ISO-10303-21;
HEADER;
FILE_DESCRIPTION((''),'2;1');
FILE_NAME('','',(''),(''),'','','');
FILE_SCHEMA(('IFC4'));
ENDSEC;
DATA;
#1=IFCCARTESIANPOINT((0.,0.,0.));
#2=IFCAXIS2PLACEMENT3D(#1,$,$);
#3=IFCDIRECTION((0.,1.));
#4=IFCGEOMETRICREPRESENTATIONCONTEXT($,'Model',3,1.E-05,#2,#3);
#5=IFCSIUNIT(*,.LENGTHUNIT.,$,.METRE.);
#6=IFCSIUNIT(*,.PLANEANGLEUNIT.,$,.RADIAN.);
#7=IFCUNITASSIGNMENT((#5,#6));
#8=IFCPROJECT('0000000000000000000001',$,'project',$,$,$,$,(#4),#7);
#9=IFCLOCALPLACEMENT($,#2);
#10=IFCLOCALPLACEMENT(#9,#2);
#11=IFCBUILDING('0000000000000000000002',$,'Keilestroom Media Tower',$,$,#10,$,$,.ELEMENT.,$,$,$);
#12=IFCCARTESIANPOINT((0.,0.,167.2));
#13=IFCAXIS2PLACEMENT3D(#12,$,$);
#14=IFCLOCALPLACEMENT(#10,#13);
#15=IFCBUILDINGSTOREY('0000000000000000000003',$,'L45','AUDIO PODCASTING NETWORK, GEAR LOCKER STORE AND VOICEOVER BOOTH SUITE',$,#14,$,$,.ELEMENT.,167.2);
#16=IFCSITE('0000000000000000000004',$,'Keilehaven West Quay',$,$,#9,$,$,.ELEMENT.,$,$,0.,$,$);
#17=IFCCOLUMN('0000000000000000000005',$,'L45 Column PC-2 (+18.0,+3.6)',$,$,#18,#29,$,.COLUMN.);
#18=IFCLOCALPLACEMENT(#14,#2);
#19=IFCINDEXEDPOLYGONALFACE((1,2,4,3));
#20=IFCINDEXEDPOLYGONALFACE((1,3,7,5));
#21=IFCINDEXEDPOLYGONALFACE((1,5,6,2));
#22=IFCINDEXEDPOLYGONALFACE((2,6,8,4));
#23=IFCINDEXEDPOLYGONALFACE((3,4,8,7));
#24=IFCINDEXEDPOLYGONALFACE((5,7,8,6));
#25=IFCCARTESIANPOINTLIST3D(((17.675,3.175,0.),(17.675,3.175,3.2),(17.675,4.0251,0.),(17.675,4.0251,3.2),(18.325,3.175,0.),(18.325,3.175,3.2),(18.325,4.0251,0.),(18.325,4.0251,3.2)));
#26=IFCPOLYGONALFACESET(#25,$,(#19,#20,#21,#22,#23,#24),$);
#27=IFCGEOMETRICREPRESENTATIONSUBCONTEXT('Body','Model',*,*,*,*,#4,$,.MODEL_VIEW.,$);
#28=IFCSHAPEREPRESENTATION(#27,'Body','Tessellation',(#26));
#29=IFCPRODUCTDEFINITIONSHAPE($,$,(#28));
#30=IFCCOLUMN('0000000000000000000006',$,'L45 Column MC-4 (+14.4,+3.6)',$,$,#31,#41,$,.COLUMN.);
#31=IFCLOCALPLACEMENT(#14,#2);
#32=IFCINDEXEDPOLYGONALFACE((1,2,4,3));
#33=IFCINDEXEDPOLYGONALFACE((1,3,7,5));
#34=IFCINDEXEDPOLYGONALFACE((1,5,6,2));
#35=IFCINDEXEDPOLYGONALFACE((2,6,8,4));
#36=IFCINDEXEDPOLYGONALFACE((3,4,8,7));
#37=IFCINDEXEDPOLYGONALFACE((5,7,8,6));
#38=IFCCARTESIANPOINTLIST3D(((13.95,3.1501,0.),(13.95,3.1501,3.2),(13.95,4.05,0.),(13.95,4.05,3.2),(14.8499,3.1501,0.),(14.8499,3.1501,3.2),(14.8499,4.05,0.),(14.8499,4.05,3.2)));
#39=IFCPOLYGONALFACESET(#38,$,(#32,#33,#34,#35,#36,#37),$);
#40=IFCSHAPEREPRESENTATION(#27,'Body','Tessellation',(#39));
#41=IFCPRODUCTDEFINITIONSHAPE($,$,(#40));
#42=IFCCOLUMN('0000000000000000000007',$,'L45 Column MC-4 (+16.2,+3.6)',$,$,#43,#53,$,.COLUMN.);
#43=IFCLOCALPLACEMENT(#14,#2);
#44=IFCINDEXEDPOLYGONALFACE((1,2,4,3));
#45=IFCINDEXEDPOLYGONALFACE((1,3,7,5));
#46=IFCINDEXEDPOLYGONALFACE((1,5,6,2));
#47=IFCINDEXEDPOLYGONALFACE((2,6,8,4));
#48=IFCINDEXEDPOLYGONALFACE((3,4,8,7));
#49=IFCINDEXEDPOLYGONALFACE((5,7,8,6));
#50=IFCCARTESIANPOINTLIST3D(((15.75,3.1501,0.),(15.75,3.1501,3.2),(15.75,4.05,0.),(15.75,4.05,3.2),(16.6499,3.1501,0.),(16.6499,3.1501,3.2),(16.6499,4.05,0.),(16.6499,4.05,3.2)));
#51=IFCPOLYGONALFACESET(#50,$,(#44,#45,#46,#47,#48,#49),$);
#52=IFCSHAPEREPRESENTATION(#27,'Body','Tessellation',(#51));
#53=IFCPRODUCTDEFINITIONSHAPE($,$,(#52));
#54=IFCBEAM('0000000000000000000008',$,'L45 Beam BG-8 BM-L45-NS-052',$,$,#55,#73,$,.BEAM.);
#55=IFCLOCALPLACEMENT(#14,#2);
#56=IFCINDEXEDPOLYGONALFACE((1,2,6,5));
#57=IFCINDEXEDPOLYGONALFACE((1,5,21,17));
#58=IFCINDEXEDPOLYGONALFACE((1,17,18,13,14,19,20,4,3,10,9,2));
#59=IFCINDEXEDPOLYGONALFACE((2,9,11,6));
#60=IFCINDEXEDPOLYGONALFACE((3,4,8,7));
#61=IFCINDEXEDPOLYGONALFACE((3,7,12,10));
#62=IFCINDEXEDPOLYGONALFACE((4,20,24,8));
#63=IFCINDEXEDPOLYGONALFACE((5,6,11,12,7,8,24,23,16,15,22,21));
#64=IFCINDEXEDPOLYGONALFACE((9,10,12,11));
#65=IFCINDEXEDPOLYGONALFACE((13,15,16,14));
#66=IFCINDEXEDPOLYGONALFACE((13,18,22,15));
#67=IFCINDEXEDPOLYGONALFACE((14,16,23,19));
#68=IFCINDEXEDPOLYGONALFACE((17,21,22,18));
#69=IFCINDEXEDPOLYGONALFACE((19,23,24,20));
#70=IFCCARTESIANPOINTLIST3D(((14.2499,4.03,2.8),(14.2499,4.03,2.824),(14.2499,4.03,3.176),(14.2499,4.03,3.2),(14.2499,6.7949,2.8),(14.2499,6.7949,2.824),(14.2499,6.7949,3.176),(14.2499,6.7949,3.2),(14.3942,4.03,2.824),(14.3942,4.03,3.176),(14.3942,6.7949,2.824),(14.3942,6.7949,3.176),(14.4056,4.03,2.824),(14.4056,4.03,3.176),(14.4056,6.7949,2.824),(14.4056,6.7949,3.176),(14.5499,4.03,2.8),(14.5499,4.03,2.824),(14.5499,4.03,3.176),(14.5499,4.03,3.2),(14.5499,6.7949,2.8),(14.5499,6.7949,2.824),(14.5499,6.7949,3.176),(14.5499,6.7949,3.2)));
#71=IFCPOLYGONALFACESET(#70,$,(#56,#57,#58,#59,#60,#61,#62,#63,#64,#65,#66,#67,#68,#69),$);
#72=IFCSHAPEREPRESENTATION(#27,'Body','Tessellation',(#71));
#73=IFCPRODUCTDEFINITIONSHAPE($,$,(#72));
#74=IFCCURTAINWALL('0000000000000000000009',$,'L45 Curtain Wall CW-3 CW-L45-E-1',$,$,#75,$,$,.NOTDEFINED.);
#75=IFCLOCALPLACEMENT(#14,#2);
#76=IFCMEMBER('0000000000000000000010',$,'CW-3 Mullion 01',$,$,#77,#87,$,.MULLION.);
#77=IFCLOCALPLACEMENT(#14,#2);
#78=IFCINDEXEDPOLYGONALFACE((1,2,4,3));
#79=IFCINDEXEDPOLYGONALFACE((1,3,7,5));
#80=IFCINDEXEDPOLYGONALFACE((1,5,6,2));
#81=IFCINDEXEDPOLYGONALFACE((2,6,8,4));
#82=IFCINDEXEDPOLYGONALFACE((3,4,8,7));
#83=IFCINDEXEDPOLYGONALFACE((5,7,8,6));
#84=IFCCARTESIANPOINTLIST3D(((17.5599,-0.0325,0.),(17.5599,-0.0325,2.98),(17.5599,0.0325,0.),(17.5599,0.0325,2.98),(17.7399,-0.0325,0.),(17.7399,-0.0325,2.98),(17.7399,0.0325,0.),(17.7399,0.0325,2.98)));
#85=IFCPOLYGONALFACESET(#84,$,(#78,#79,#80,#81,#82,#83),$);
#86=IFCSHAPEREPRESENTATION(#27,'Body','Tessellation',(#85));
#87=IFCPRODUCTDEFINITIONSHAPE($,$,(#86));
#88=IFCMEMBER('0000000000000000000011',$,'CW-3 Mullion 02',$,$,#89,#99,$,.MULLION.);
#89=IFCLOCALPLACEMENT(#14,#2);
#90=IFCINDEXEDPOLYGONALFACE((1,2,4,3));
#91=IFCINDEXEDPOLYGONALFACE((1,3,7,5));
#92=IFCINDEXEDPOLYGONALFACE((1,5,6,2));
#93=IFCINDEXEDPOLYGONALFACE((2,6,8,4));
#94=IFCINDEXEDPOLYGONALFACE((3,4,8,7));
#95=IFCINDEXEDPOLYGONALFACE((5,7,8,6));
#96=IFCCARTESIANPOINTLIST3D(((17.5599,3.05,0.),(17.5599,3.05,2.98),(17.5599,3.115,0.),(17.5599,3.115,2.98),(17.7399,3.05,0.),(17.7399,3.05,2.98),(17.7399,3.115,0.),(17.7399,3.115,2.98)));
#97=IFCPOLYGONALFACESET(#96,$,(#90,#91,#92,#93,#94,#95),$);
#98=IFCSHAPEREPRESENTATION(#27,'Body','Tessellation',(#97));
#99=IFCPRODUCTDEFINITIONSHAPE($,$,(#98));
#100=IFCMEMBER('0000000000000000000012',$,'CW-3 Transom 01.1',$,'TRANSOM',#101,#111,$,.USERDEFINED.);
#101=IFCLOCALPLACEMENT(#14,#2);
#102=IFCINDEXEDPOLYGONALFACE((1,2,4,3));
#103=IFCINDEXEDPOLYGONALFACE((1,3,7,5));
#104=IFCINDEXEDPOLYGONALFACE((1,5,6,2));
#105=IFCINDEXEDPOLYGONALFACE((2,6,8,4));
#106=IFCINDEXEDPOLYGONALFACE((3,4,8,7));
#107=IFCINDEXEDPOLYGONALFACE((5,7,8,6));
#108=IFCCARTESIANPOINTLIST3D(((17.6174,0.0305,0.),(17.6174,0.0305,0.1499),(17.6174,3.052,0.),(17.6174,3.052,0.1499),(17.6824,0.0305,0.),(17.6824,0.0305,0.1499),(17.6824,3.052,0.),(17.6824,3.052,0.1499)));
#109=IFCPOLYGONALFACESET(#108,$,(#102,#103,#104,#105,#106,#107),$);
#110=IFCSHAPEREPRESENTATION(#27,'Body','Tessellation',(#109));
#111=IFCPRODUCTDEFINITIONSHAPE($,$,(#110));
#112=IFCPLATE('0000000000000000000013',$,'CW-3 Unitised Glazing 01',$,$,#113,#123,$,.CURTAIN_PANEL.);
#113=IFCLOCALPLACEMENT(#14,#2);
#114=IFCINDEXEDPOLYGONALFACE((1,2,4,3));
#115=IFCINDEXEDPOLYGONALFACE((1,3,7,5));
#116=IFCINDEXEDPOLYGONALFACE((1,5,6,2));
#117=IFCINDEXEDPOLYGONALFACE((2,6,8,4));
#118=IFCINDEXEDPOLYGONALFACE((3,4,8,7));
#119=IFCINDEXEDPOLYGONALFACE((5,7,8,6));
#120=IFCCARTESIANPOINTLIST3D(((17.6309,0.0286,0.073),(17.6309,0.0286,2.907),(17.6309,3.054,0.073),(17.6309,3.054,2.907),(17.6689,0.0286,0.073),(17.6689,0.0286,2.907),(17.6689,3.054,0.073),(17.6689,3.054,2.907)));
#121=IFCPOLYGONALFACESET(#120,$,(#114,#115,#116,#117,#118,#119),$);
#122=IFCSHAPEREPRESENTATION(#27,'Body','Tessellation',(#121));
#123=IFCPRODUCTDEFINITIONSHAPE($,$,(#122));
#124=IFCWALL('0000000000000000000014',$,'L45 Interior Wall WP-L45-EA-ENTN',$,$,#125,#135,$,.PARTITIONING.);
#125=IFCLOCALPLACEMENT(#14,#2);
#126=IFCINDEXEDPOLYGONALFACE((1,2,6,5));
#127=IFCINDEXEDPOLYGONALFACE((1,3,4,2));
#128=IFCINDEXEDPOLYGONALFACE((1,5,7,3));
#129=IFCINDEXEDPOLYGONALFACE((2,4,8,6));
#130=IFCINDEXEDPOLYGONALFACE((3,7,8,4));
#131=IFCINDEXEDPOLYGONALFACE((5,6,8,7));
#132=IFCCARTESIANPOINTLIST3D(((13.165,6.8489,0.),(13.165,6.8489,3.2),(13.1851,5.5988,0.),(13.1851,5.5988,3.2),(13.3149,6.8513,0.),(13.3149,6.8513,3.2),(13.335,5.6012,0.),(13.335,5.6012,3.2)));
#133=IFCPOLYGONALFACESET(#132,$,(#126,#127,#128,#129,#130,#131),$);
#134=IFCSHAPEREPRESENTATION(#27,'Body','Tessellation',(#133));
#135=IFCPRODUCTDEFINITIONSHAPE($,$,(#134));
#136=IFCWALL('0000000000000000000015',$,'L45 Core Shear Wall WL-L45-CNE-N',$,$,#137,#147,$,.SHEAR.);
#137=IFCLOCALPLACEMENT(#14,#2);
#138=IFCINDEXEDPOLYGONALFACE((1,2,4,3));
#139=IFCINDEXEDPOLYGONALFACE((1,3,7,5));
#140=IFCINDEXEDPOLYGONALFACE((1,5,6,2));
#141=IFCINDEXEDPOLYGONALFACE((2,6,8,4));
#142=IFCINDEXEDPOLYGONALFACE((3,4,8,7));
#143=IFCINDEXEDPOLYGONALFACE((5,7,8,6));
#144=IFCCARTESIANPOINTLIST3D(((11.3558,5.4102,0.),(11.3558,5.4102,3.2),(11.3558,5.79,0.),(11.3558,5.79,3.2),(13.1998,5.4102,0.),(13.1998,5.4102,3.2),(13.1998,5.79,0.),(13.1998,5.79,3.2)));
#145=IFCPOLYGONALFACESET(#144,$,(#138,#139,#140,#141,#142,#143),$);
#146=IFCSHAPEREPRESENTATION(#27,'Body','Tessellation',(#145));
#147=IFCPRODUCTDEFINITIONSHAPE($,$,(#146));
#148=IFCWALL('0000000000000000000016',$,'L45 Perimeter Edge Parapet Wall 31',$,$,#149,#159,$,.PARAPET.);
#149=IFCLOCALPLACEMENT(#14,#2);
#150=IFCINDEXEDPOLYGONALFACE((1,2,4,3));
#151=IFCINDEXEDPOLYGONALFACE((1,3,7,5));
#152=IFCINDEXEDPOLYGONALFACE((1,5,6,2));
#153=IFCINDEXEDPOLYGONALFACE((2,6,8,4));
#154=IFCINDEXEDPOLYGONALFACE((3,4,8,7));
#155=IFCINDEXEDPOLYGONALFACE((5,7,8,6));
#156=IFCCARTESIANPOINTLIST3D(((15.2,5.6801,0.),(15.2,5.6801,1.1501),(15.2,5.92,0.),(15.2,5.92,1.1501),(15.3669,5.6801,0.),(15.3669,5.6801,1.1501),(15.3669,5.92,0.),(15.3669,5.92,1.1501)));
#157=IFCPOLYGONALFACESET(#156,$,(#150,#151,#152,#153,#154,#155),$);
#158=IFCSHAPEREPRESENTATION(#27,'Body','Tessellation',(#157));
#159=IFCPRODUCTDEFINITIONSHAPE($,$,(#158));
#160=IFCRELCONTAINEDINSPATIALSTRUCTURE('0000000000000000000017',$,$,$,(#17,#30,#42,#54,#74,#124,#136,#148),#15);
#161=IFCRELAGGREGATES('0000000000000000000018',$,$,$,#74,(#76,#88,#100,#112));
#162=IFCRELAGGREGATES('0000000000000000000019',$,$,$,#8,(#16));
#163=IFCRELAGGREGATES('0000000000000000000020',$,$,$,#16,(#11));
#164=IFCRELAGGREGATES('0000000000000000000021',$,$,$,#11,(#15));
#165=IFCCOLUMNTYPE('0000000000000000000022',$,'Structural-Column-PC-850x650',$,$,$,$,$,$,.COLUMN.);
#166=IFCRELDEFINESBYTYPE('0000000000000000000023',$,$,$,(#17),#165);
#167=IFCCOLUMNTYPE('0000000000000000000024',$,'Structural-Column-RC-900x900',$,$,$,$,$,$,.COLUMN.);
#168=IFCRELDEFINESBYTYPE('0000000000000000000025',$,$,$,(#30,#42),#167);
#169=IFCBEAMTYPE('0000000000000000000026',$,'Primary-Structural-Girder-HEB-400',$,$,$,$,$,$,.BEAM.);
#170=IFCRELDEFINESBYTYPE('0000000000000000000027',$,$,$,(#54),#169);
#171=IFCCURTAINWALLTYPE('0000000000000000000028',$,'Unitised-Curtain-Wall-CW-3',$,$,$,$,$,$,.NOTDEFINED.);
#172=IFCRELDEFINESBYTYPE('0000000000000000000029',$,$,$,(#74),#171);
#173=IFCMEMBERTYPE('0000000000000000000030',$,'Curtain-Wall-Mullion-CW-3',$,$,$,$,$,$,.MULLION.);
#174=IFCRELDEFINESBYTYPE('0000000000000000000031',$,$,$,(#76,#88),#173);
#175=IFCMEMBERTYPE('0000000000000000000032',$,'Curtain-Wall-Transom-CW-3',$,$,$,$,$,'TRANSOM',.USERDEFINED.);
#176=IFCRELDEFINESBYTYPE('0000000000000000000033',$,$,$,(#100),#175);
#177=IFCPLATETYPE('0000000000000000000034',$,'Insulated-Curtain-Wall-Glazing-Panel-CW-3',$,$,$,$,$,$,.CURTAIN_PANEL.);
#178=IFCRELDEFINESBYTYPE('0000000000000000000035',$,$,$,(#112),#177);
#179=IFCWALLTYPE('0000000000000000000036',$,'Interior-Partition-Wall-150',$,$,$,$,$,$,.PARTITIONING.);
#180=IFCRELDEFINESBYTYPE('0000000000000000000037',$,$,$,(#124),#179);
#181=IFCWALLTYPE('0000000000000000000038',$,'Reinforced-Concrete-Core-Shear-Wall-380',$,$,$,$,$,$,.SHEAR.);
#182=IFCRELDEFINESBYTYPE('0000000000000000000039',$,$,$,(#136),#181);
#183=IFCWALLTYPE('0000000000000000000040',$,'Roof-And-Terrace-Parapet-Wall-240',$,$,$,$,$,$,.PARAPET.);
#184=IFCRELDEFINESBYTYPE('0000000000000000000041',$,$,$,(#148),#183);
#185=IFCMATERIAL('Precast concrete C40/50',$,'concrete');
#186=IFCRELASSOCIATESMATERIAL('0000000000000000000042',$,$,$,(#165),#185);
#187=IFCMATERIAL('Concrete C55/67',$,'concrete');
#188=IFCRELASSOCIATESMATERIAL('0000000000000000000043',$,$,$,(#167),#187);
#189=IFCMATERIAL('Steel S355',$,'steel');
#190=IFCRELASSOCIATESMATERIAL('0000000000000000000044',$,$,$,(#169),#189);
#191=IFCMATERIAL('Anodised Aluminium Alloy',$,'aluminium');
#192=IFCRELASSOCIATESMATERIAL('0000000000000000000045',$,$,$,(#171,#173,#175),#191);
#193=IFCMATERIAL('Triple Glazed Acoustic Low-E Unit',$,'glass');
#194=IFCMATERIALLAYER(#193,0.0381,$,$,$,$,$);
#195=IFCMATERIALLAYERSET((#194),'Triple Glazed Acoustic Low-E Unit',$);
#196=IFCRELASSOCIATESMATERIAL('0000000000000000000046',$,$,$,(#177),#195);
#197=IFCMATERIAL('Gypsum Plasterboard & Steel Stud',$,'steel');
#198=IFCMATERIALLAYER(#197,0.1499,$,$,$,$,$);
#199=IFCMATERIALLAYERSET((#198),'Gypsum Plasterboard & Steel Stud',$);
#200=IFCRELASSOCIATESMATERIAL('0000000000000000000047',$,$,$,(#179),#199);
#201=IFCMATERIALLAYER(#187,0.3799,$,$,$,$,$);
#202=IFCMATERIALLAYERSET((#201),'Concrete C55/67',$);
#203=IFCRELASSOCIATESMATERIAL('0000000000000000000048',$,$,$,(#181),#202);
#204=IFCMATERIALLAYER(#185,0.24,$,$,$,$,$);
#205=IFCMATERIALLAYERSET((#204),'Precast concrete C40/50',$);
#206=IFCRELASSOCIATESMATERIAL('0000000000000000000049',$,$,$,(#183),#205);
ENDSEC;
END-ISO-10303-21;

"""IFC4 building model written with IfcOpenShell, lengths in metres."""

from ifc_helpers import new_model, si_unit, direction, frame, frame_2d, origin, origin_2d, place, context, subcontext, project, spatial, rectangle, i_section, extrude, source, transform, mapped, material, layer, layer_set, material_profile, profile_set, type_object, element, aggregate, save


model = new_model("IFC4")

# Units and contexts
model_context = context("Model", 3, precision=1e-05, world=origin(), true_north=direction((0.0, 1.0)))
body_context = subcontext(model_context, "Body", "Model", "MODEL_VIEW")
ifc_project = project(units=[si_unit("LENGTHUNIT", "METRE"), si_unit("PLANEANGLEUNIT", "RADIAN")], contexts=[model_context])

# Site, building, storey
site_placement = place(None, origin())
site = spatial("IfcSite", under=ifc_project, at=site_placement, Name="Keilehaven West Quay", CompositionType="ELEMENT", RefElevation=0.0)
building_placement = place(site_placement, origin())
building = spatial("IfcBuilding", under=site, at=building_placement, Name="Keilestroom Media Tower", CompositionType="ELEMENT")
storey_placement = place(building_placement, frame((0.0, 0.0, 167.2)))
storey = spatial("IfcBuildingStorey", under=building, at=storey_placement, Name="L45", Description="AUDIO PODCASTING NETWORK, GEAR LOCKER STORE AND VOICEOVER BOOTH SUITE", CompositionType="ELEMENT", Elevation=167.2)

# Columns
ifc_material_1 = material(Name="Precast concrete C40/50", Category="concrete")
ifc_material_profile_1 = material_profile(ifc_material_1, rectangle(XDim=0.6499, YDim=0.8501, at=origin_2d()), Name="PC 850x650")
ifc_profile_set_1 = profile_set([ifc_material_profile_1], Name="Precast concrete C40/50")
column_type_1 = type_object("IfcColumnType", Name="Structural-Column-PC-850x650", PredefinedType="COLUMN", material=ifc_profile_set_1)
shared_shape_1 = source(origin(), body_context, "Body", "SweptSolid", [
    extrude(rectangle(XDim=0.6499, YDim=0.8501, at=origin_2d()), origin(), (0.0, 0.0, 1.0), 3.2),
])
column_placement = place(storey_placement, frame((18.0, 3.6001, 0.0), z_axis=(0.0, 0.0, 1.0), x_axis=(1.0, 0.0, 0.0)))
element("IfcColumn", 1, at=column_placement, inside=storey, type_object=column_type_1, Name="L45 Column PC-2 (+18.0,+3.6)", PredefinedType="COLUMN", context=body_context, shape_type="MappedRepresentation", body=[
    mapped(shared_shape_1, transform((0.0, 0.0, 0.0), x_axis=(1.0, 0.0, 0.0), y_axis=(0.0, 1.0, 0.0), z_axis=(0.0, 0.0, 1.0), scale=1.0)),
])
ifc_material_2 = material(Name="Concrete C55/67", Category="concrete")
ifc_material_profile_2 = material_profile(ifc_material_2, rectangle(XDim=0.8999, YDim=0.8999, at=origin_2d()), Name="RC 900x900")
ifc_profile_set_2 = profile_set([ifc_material_profile_2], Name="Concrete C55/67")
column_type_2 = type_object("IfcColumnType", Name="Structural-Column-RC-900x900", PredefinedType="COLUMN", material=ifc_profile_set_2)
shared_shape_2 = source(origin(), body_context, "Body", "SweptSolid", [
    extrude(rectangle(XDim=0.8999, YDim=0.8999, at=origin_2d()), origin(), (0.0, 0.0, 1.0), 3.2),
])
for number, where, z_axis, x_axis, name in (
    (2, (14.3999, 3.6001, 0.0), (0.0, 0.0, 1.0), (1.0, 0.0, 0.0), "L45 Column MC-4 (+14.4,+3.6)"),
    (3, (16.2, 3.6001, 0.0), (0.0, 0.0, 1.0), (1.0, 0.0, 0.0), "L45 Column MC-4 (+16.2,+3.6)"),
):
    element("IfcColumn", number, at=place(storey_placement, frame(where, z_axis=z_axis, x_axis=x_axis)), inside=storey, type_object=column_type_2, Name=name, PredefinedType="COLUMN", context=body_context, shape_type="MappedRepresentation", body=[
        mapped(shared_shape_2, transform((0.0, 0.0, 0.0), x_axis=(1.0, 0.0, 0.0), y_axis=(0.0, 1.0, 0.0), z_axis=(0.0, 0.0, 1.0), scale=1.0)),
    ])

# Beam
ifc_material_3 = material(Name="Steel S355", Category="steel")
ifc_material_profile_3 = material_profile(ifc_material_3, i_section(OverallWidth=0.3, OverallDepth=0.3999, WebThickness=0.0115, FlangeThickness=0.0239, at=origin_2d()), Name="HEB 400")
ifc_profile_set_3 = profile_set([ifc_material_profile_3], Name="Steel S355")
beam_type = type_object("IfcBeamType", Name="Primary-Structural-Girder-HEB-400", PredefinedType="BEAM", material=ifc_profile_set_3)
shared_shape_3 = source(origin(), body_context, "Body", "SweptSolid", [
    extrude(i_section(OverallWidth=0.3, OverallDepth=0.3999, WebThickness=0.0115, FlangeThickness=0.0239, at=origin_2d()), origin(), (0.0, 0.0, 1.0), 2.7649),
])
beam_placement = place(storey_placement, frame((14.3999, 4.03, 3.0), z_axis=(0.0, 1.0, 0.0), x_axis=(-1.0, 0.0, 0.0)))
element("IfcBeam", 4, at=beam_placement, inside=storey, type_object=beam_type, Name="L45 Beam BG-8 BM-L45-NS-052", PredefinedType="BEAM", context=body_context, shape_type="MappedRepresentation", body=[
    mapped(shared_shape_3, transform((0.0, 0.0, 0.0), x_axis=(1.0, 0.0, 0.0), y_axis=(0.0, 1.0, 0.0), z_axis=(0.0, 0.0, 1.0), scale=1.0)),
])

# Curtain wall, members, plate
ifc_material_4 = material(Name="Anodised Aluminium Alloy", Category="aluminium")
curtain_wall_type = type_object("IfcCurtainWallType", Name="Unitised-Curtain-Wall-CW-3", PredefinedType="NOTDEFINED", material=ifc_material_4)
curtain_wall_placement = place(storey_placement, origin())
curtain_wall = element("IfcCurtainWall", 5, at=curtain_wall_placement, inside=storey, type_object=curtain_wall_type, Name="L45 Curtain Wall CW-3 CW-L45-E-1", PredefinedType="NOTDEFINED")
ifc_material_profile_4 = material_profile(ifc_material_4, rectangle(XDim=0.0649, YDim=0.1799, at=origin_2d()), Name="ALU MULLION 65x180")
ifc_profile_set_4 = profile_set([ifc_material_profile_4], Name="Anodised Aluminium Alloy")
member_type_1 = type_object("IfcMemberType", Name="Curtain-Wall-Mullion-CW-3", PredefinedType="MULLION", material=ifc_profile_set_4)
shared_shape_4 = source(origin(), body_context, "Body", "SweptSolid", [
    extrude(rectangle(XDim=0.0649, YDim=0.1799, at=origin_2d()), origin(), (0.0, 0.0, 1.0), 2.98),
])
member_1_placement = place(storey_placement, frame((17.6499, 0.0, 0.0), z_axis=(0.0, 0.0, 1.0), x_axis=(0.0, 1.0, 0.0)))
member_1 = element("IfcMember", 6, at=member_1_placement, type_object=member_type_1, Name="CW-3 Mullion 01", PredefinedType="MULLION", context=body_context, shape_type="MappedRepresentation", body=[
    mapped(shared_shape_4, transform((0.0, 0.0, 0.0), x_axis=(1.0, 0.0, 0.0), y_axis=(0.0, 1.0, 0.0), z_axis=(0.0, 0.0, 1.0), scale=1.0)),
])
member_2_placement = place(storey_placement, frame((17.6499, 3.0825, 0.0), z_axis=(0.0, 0.0, 1.0), x_axis=(0.0, 1.0, 0.0)))
member_2 = element("IfcMember", 7, at=member_2_placement, type_object=member_type_1, Name="CW-3 Mullion 02", PredefinedType="MULLION", context=body_context, shape_type="MappedRepresentation", body=[
    mapped(shared_shape_4, transform((0.0, 0.0, 0.0), x_axis=(1.0, 0.0, 0.0), y_axis=(0.0, 1.0, 0.0), z_axis=(0.0, 0.0, 1.0), scale=1.0)),
])
ifc_material_profile_5 = material_profile(ifc_material_4, rectangle(XDim=0.0649, YDim=0.1499, at=origin_2d()), Name="ALU TRANSOM 65x150")
ifc_profile_set_5 = profile_set([ifc_material_profile_5], Name="Anodised Aluminium Alloy")
member_type_2 = type_object("IfcMemberType", Name="Curtain-Wall-Transom-CW-3", ElementType="TRANSOM", PredefinedType="USERDEFINED", material=ifc_profile_set_5)
shared_shape_5 = source(origin(), body_context, "Body", "SweptSolid", [
    extrude(rectangle(XDim=0.0649, YDim=0.1499, at=origin_2d()), origin(), (0.0, 0.0, 1.0), 3.0215),
])
member_3_placement = place(storey_placement, frame((17.6499, 0.0305, 0.075), z_axis=(0.0, 1.0, 0.0), x_axis=(-1.0, 0.0, 0.0)))
member_3 = element("IfcMember", 8, at=member_3_placement, type_object=member_type_2, Name="CW-3 Transom 01.1", ObjectType="TRANSOM", PredefinedType="USERDEFINED", context=body_context, shape_type="MappedRepresentation", body=[
    mapped(shared_shape_5, transform((0.0, 0.0, 0.0), x_axis=(1.0, 0.0, 0.0), y_axis=(0.0, 1.0, 0.0), z_axis=(0.0, 0.0, 1.0), scale=1.0)),
])
ifc_material_5 = material(Name="Triple Glazed Acoustic Low-E Unit", Category="glass")
ifc_layer_1 = layer(ifc_material_5, 0.0381)
ifc_layer_set_1 = layer_set([ifc_layer_1], Name="Triple Glazed Acoustic Low-E Unit")
plate_type = type_object("IfcPlateType", Name="Insulated-Curtain-Wall-Glazing-Panel-CW-3", PredefinedType="CURTAIN_PANEL", material=ifc_layer_set_1)
shared_shape_6 = source(origin(), body_context, "Body", "SweptSolid", [
    extrude(rectangle(XDim=3.0254, YDim=0.0381, at=origin_2d()), origin(), (0.0, 0.0, 1.0), 2.834),
])
plate_placement = place(storey_placement, frame((17.6499, 1.5413, 0.073), z_axis=(0.0, 0.0, 1.0), x_axis=(0.0, 1.0, 0.0)))
plate = element("IfcPlate", 9, at=plate_placement, type_object=plate_type, Name="CW-3 Unitised Glazing 01", PredefinedType="CURTAIN_PANEL", context=body_context, shape_type="MappedRepresentation", body=[
    mapped(shared_shape_6, transform((0.0, 0.0, 0.0), x_axis=(1.0, 0.0, 0.0), y_axis=(0.0, 1.0, 0.0), z_axis=(0.0, 0.0, 1.0), scale=1.0)),
])
aggregate(curtain_wall, [member_1, member_2, member_3, plate])

# Walls
ifc_material_6 = material(Name="Gypsum Plasterboard & Steel Stud", Category="steel")
ifc_layer_2 = layer(ifc_material_6, 0.1499)
ifc_layer_set_2 = layer_set([ifc_layer_2], Name="Gypsum Plasterboard & Steel Stud")
wall_type_1 = type_object("IfcWallType", Name="Interior-Partition-Wall-150", PredefinedType="PARTITIONING", material=ifc_layer_set_2)
wall_1_placement = place(storey_placement, frame((13.26, 5.6001, 0.0), z_axis=(0.0, 0.0, 1.0), x_axis=(-0.016014, 0.999872, 0.0)))
element("IfcWall", 10, at=wall_1_placement, inside=storey, type_object=wall_type_1, Name="L45 Interior Wall WP-L45-EA-ENTN", PredefinedType="PARTITIONING", context=body_context, shape_type="SweptSolid", body=[
    extrude(rectangle(XDim=1.2502, YDim=0.1499, at=frame_2d((0.625, 0.0))), origin(), (0.0, 0.0, 1.0), 3.2),
])
ifc_layer_3 = layer(ifc_material_2, 0.3799)
ifc_layer_set_3 = layer_set([ifc_layer_3], Name="Concrete C55/67")
wall_type_2 = type_object("IfcWallType", Name="Reinforced-Concrete-Core-Shear-Wall-380", PredefinedType="SHEAR", material=ifc_layer_set_3)
wall_2_placement = place(storey_placement, frame((11.356, 5.6001, 0.0), z_axis=(0.0, 0.0, 1.0), x_axis=(1.0, 0.0, 0.0)))
element("IfcWall", 11, at=wall_2_placement, inside=storey, type_object=wall_type_2, Name="L45 Core Shear Wall WL-L45-CNE-N", PredefinedType="SHEAR", context=body_context, shape_type="SweptSolid", body=[
    extrude(rectangle(XDim=1.844, YDim=0.3799, at=frame_2d((0.9219, 0.0))), origin(), (0.0, 0.0, 1.0), 3.2),
])
ifc_layer_4 = layer(ifc_material_1, 0.24)
ifc_layer_set_4 = layer_set([ifc_layer_4], Name="Precast concrete C40/50")
wall_type_3 = type_object("IfcWallType", Name="Roof-And-Terrace-Parapet-Wall-240", PredefinedType="PARAPET", material=ifc_layer_set_4)
wall_3_placement = place(storey_placement, frame((15.2, 5.8, 0.0), z_axis=(0.0, 0.0, 1.0), x_axis=(1.0, 0.0, 0.0)))
element("IfcWall", 12, at=wall_3_placement, inside=storey, type_object=wall_type_3, Name="L45 Perimeter Edge Parapet Wall 31", PredefinedType="PARAPET", context=body_context, shape_type="SweptSolid", body=[
    extrude(rectangle(XDim=0.167, YDim=0.24, at=frame_2d((0.0835, 0.0))), origin(), (0.0, 0.0, 1.0), 1.1501),
])

save(model, "model.ifc")
